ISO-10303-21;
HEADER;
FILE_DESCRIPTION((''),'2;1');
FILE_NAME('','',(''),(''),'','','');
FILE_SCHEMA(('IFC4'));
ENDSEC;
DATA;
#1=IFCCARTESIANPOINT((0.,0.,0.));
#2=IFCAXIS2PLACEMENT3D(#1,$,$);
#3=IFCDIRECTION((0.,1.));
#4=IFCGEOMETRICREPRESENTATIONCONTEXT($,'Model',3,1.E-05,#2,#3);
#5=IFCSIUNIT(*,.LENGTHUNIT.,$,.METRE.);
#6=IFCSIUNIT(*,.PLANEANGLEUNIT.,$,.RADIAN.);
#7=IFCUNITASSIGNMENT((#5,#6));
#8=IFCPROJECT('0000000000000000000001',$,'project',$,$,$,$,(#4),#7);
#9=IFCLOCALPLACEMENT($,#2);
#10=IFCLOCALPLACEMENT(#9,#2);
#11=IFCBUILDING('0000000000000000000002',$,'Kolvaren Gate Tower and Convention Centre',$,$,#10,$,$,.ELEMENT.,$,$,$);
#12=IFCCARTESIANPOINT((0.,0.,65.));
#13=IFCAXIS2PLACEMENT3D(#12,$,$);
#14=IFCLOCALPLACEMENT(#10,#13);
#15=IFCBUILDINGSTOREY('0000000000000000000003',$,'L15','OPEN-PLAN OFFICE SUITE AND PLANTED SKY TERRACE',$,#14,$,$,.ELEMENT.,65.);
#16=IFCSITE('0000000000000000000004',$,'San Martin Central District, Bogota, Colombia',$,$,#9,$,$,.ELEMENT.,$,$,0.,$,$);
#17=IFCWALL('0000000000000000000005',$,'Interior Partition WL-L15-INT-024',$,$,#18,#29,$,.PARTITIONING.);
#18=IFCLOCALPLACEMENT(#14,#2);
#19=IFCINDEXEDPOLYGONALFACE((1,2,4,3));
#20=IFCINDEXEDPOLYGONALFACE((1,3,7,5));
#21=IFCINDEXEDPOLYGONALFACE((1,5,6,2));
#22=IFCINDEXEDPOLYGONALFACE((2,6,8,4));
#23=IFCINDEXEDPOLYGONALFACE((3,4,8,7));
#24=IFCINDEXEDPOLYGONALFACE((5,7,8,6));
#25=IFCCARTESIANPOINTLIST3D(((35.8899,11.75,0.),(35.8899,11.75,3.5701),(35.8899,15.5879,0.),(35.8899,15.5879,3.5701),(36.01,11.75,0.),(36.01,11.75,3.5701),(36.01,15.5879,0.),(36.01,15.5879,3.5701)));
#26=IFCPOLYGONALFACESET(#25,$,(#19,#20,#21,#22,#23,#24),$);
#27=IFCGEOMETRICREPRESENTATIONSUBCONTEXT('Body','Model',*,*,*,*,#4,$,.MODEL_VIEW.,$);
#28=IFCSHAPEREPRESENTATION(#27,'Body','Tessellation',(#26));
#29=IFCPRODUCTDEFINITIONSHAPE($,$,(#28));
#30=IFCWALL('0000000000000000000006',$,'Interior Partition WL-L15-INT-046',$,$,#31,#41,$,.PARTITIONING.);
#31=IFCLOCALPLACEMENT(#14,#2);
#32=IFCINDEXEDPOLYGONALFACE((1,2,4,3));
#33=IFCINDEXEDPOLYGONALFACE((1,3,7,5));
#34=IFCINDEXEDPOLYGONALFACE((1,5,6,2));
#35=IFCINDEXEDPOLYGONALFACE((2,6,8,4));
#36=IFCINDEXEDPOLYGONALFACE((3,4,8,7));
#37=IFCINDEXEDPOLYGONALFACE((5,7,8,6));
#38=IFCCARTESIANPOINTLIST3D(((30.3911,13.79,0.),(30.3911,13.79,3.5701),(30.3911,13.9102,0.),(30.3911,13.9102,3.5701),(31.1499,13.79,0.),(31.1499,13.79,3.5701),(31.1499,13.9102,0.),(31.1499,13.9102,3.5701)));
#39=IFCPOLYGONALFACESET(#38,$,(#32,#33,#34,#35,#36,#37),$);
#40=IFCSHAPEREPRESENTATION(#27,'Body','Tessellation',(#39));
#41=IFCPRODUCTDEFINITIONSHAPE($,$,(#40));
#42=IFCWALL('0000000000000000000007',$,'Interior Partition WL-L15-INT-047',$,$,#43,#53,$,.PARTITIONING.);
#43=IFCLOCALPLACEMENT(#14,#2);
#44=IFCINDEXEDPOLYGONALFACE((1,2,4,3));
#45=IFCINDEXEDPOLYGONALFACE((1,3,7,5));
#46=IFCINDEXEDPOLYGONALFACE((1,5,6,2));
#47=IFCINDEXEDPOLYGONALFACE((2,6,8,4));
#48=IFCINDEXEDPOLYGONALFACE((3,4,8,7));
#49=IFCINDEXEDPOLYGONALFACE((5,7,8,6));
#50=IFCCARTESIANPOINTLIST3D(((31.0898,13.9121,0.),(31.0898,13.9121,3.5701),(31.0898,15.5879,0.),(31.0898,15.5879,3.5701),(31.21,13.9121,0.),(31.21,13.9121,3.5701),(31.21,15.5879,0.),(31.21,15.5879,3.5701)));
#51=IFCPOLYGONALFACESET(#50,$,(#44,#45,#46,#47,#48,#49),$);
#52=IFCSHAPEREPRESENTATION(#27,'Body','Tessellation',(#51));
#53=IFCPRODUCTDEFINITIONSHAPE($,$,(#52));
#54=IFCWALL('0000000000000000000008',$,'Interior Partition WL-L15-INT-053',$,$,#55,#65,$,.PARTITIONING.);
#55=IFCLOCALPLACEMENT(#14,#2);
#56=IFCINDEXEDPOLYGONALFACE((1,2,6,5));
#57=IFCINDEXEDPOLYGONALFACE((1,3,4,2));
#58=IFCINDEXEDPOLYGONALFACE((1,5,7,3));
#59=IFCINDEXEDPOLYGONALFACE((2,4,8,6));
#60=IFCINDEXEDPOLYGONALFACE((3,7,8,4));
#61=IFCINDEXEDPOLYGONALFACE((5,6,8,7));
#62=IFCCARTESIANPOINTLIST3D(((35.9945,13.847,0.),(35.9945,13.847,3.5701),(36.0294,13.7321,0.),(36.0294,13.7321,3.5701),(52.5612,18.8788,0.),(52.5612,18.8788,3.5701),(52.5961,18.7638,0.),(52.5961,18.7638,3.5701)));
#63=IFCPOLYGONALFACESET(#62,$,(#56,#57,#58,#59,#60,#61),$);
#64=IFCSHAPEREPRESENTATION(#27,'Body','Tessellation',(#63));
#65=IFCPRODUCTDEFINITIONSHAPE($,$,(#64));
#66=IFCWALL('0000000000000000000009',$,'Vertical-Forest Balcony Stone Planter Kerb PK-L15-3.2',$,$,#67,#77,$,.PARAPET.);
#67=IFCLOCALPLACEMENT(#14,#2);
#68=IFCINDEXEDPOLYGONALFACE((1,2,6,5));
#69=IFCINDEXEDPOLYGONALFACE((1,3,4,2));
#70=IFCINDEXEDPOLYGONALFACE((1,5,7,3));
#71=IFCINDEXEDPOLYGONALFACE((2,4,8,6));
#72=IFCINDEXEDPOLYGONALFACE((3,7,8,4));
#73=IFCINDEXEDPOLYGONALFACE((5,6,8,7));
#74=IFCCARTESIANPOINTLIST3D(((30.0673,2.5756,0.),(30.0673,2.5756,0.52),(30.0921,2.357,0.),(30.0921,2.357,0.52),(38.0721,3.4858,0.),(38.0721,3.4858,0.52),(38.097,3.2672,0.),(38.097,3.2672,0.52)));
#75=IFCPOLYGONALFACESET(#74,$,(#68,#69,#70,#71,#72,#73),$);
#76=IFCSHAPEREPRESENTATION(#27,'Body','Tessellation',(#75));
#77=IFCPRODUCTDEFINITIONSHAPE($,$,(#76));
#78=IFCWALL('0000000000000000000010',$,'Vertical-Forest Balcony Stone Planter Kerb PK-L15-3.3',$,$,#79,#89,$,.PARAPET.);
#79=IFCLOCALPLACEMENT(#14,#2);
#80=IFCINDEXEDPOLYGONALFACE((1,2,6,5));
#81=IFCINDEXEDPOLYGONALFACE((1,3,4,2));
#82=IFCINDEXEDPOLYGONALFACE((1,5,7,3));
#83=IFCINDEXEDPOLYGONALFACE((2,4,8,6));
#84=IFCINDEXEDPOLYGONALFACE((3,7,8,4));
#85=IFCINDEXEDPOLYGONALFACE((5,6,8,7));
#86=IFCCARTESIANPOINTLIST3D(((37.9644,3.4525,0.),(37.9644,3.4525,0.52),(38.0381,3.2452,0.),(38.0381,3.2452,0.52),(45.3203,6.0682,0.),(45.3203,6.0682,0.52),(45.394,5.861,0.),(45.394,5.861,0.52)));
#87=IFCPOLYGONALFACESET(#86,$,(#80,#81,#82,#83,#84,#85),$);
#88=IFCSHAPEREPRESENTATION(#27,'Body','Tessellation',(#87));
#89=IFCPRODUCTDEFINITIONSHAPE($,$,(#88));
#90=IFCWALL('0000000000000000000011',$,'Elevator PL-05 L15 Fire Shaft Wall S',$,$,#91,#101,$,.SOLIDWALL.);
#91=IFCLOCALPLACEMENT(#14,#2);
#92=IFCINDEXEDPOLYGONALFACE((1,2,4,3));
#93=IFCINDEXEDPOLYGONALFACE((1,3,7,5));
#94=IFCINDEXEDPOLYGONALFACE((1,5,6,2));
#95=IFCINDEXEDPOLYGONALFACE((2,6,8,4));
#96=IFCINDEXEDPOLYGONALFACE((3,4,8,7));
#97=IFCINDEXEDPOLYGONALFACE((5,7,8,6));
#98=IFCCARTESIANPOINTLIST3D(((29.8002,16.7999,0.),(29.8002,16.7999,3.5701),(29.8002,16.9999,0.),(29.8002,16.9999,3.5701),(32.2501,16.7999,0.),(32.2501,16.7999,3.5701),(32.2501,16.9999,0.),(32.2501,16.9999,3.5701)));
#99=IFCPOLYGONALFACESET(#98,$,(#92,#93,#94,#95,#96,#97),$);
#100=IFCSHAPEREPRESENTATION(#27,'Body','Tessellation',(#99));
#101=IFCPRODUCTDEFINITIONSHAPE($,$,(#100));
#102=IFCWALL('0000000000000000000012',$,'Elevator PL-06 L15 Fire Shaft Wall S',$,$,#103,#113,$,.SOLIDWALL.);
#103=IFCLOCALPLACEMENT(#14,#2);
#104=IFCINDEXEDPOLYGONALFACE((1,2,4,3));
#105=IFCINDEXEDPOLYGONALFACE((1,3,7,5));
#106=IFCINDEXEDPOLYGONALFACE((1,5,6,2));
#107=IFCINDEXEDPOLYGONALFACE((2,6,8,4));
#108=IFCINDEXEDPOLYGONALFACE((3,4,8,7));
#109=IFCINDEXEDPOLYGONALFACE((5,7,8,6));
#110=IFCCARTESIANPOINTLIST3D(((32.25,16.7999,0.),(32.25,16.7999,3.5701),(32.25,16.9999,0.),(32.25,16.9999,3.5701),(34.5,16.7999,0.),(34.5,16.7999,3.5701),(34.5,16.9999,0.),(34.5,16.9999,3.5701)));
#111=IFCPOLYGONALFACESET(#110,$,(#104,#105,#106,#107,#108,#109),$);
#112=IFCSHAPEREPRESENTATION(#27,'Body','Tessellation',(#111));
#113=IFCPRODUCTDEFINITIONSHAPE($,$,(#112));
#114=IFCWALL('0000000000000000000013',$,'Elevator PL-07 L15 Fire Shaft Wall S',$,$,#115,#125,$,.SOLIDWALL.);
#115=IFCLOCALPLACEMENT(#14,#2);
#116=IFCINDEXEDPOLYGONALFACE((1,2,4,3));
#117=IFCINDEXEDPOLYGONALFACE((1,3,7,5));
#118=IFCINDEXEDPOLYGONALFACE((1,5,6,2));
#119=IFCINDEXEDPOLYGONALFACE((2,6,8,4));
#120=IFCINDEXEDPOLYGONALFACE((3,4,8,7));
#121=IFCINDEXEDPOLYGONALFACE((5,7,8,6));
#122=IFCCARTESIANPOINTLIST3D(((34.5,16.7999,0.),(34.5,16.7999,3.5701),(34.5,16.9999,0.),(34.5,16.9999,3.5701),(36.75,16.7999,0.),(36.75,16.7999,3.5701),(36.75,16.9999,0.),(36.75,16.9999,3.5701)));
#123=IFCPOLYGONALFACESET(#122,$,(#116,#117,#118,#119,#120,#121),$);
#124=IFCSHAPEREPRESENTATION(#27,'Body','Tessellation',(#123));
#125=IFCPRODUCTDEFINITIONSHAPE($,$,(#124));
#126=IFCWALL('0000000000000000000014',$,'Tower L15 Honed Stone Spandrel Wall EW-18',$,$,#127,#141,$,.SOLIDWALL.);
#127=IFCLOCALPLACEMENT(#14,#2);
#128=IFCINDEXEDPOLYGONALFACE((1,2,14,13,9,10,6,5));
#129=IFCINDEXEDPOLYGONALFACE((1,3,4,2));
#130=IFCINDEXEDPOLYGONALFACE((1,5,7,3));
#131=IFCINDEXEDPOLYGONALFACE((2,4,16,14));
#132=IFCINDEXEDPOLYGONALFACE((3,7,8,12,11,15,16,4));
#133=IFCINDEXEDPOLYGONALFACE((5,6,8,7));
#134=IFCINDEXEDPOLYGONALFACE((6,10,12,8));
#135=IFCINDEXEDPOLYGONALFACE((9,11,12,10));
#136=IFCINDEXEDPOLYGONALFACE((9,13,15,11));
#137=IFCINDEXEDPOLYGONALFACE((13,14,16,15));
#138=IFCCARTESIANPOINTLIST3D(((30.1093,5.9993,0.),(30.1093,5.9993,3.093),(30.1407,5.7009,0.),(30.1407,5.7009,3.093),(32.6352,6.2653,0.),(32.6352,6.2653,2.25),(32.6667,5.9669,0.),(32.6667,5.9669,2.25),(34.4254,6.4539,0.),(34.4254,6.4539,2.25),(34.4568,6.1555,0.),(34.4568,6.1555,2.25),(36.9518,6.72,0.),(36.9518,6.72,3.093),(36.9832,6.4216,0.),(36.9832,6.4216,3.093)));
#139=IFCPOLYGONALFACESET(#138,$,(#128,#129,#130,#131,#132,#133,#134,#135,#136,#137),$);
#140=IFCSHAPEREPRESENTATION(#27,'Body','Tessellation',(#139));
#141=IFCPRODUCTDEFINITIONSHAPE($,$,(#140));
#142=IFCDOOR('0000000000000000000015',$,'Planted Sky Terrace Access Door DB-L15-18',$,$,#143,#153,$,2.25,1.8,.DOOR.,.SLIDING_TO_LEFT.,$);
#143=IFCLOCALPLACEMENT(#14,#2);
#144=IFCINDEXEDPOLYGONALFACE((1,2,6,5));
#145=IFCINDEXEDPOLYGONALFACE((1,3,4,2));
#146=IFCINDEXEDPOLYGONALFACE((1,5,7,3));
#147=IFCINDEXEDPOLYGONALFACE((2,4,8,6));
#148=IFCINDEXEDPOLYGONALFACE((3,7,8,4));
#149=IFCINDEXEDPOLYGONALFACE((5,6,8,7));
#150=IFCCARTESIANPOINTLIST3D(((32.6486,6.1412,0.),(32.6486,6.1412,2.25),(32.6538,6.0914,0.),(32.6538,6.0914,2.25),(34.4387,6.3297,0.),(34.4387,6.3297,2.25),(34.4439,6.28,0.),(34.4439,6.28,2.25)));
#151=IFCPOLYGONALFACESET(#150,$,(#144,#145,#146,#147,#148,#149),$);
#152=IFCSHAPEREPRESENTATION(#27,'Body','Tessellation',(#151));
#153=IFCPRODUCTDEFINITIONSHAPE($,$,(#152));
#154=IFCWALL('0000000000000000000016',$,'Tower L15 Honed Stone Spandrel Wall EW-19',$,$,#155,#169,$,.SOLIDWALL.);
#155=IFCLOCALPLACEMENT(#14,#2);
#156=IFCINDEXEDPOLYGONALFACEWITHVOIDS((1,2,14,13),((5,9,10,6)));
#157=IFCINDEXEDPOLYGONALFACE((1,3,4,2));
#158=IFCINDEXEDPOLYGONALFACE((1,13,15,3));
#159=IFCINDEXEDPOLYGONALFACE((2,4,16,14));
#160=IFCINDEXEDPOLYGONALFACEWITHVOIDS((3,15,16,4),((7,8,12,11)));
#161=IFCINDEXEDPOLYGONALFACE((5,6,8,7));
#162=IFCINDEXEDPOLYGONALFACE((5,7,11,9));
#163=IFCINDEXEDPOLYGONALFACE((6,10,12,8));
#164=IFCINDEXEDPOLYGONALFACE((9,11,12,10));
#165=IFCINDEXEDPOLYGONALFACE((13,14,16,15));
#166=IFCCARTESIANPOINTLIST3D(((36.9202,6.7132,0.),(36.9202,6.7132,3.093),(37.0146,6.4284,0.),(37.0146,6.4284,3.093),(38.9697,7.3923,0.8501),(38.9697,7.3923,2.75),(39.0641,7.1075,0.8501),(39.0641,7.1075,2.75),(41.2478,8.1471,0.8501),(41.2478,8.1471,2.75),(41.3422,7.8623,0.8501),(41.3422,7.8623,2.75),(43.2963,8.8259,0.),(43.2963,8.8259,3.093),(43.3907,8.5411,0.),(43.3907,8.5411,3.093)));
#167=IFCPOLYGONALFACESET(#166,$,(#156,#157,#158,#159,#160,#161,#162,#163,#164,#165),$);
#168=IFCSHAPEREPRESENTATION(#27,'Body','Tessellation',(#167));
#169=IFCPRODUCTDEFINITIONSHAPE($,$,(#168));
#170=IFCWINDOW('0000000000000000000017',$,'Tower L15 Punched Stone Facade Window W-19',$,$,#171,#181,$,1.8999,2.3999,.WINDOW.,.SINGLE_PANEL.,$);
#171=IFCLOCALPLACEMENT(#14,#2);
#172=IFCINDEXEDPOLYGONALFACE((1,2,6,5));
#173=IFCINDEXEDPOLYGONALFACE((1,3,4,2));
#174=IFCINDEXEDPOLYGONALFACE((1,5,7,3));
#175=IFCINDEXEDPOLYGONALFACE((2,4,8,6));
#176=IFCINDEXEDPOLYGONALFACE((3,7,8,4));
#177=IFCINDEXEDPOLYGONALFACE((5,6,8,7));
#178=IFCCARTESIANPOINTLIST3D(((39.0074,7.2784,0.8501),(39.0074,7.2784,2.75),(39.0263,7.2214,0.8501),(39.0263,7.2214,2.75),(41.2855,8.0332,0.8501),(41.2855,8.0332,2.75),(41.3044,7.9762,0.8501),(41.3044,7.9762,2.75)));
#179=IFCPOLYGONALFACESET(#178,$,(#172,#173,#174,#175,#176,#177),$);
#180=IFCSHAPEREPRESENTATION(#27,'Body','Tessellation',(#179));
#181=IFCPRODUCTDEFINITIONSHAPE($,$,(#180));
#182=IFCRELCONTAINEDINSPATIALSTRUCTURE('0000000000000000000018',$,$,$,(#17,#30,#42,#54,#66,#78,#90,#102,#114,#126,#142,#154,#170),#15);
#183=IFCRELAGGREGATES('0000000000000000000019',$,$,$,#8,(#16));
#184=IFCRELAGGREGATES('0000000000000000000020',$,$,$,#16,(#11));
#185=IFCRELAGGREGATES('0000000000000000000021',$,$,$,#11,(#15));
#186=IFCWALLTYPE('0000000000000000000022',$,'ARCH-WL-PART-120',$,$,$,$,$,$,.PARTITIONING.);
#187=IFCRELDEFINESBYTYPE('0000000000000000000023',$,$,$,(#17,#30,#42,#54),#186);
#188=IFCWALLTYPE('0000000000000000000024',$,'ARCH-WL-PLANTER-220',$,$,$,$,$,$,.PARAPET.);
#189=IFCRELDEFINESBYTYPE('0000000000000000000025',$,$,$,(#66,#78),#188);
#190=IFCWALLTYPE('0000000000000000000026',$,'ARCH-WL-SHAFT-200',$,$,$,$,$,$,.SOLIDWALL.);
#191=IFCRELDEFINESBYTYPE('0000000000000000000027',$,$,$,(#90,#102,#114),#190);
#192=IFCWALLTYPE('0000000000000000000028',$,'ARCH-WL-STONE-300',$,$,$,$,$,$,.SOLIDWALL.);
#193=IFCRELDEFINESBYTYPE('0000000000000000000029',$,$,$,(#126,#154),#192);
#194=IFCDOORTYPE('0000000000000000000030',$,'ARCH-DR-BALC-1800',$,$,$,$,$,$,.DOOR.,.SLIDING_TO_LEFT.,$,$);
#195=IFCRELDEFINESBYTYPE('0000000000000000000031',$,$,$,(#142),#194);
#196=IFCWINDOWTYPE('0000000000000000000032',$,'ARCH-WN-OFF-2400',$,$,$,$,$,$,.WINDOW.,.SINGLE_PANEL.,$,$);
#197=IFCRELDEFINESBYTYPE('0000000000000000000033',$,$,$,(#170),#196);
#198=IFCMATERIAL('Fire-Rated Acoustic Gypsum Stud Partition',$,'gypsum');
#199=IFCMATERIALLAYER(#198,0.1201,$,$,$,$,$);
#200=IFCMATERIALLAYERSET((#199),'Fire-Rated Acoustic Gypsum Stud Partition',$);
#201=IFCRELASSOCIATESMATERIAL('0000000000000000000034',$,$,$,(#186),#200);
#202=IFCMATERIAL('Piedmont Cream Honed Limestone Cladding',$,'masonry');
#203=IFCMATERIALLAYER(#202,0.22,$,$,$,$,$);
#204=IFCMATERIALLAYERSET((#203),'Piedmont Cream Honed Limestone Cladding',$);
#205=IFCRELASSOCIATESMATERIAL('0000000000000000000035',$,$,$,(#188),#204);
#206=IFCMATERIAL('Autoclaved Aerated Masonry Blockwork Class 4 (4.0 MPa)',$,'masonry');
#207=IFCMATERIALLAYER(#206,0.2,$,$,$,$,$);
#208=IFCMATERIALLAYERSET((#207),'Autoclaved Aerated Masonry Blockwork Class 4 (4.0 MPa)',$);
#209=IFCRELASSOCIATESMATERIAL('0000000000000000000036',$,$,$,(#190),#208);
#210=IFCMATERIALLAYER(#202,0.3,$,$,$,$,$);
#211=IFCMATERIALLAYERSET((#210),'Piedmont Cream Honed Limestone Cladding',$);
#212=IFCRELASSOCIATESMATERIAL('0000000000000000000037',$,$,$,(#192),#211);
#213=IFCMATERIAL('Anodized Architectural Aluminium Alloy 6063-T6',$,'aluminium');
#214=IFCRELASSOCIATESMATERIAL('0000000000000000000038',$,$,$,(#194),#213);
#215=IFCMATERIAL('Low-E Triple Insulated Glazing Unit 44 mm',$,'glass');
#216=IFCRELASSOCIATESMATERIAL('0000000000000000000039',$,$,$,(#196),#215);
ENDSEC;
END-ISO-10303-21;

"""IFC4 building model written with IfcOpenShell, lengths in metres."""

from ifc_helpers import new_model, si_unit, direction, frame, frame_2d, origin, place, context, subcontext, project, spatial, rectangle, extrude, material, layer, layer_set, type_object, element, fill, save


model = new_model("IFC4")

# Units and contexts
model_context = context("Model", 3, precision=1e-05, world=origin(), true_north=direction((0.0, 1.0)))
body_context = subcontext(model_context, "Body", "Model", "MODEL_VIEW")
ifc_project = project(units=[si_unit("LENGTHUNIT", "METRE"), si_unit("PLANEANGLEUNIT", "RADIAN")], contexts=[model_context])

# Site, building, storey
site_placement = place(None, origin())
site = spatial("IfcSite", under=ifc_project, at=site_placement, Name="San Martin Central District, Bogota, Colombia", CompositionType="ELEMENT", RefElevation=0.0)
building_placement = place(site_placement, origin())
building = spatial("IfcBuilding", under=site, at=building_placement, Name="Kolvaren Gate Tower and Convention Centre", CompositionType="ELEMENT")
storey_placement = place(building_placement, frame((0.0, 0.0, 65.0)))
storey = spatial("IfcBuildingStorey", under=building, at=storey_placement, Name="L15", Description="OPEN-PLAN OFFICE SUITE AND PLANTED SKY TERRACE", CompositionType="ELEMENT", Elevation=65.0)

# Walls
ifc_material_1 = material(Name="Fire-Rated Acoustic Gypsum Stud Partition", Category="gypsum")
ifc_layer_1 = layer(ifc_material_1, 0.1201)
ifc_layer_set_1 = layer_set([ifc_layer_1], Name="Fire-Rated Acoustic Gypsum Stud Partition")
wall_type_1 = type_object("IfcWallType", Name="ARCH-WL-PART-120", PredefinedType="PARTITIONING", material=ifc_layer_set_1)
wall_1_placement = place(storey_placement, frame((35.95, 11.75, 0.0), z_axis=(0.0, 0.0, 1.0), x_axis=(0.0, 1.0, 0.0)))
element("IfcWall", 1, at=wall_1_placement, inside=storey, type_object=wall_type_1, Name="Interior Partition WL-L15-INT-024", PredefinedType="PARTITIONING", context=body_context, shape_type="SweptSolid", body=[
    extrude(rectangle(XDim=3.8379, YDim=0.1201, at=frame_2d((1.9189, 0.0))), origin(), (0.0, 0.0, 1.0), 3.5701),
])
wall_2_placement = place(storey_placement, frame((30.3911, 13.8501, 0.0), z_axis=(0.0, 0.0, 1.0), x_axis=(1.0, 0.0, 0.0)))
element("IfcWall", 2, at=wall_2_placement, inside=storey, type_object=wall_type_1, Name="Interior Partition WL-L15-INT-046", PredefinedType="PARTITIONING", context=body_context, shape_type="SweptSolid", body=[
    extrude(rectangle(XDim=0.7588, YDim=0.1201, at=frame_2d((0.3794, 0.0))), origin(), (0.0, 0.0, 1.0), 3.5701),
])
wall_3_placement = place(storey_placement, frame((31.1499, 13.9121, 0.0), z_axis=(0.0, 0.0, 1.0), x_axis=(0.0, 1.0, 0.0)))
element("IfcWall", 3, at=wall_3_placement, inside=storey, type_object=wall_type_1, Name="Interior Partition WL-L15-INT-047", PredefinedType="PARTITIONING", context=body_context, shape_type="SweptSolid", body=[
    extrude(rectangle(XDim=1.6758, YDim=0.1201, at=frame_2d((0.8379, 0.0))), origin(), (0.0, 0.0, 1.0), 3.5701),
])
wall_4_placement = place(storey_placement, frame((36.012, 13.7896, 0.0), z_axis=(0.0, 0.0, 1.0), x_axis=(0.956839, 0.290618, 0.0)))
element("IfcWall", 4, at=wall_4_placement, inside=storey, type_object=wall_type_1, Name="Interior Partition WL-L15-INT-053", PredefinedType="PARTITIONING", context=body_context, shape_type="SweptSolid", body=[
    extrude(rectangle(XDim=17.314, YDim=0.1201, at=frame_2d((8.657, 0.0))), origin(), (0.0, 0.0, 1.0), 3.5701),
])
ifc_material_2 = material(Name="Piedmont Cream Honed Limestone Cladding", Category="masonry")
ifc_layer_2 = layer(ifc_material_2, 0.22)
ifc_layer_set_2 = layer_set([ifc_layer_2], Name="Piedmont Cream Honed Limestone Cladding")
wall_type_2 = type_object("IfcWallType", Name="ARCH-WL-PLANTER-220", PredefinedType="PARAPET", material=ifc_layer_set_2)
wall_5_placement = place(storey_placement, frame((30.0796, 2.4663, 0.0), z_axis=(0.0, 0.0, 1.0), x_axis=(0.993598, 0.112972, 0.0)))
element("IfcWall", 5, at=wall_5_placement, inside=storey, type_object=wall_type_2, Name="Vertical-Forest Balcony Stone Planter Kerb PK-L15-3.2", PredefinedType="PARAPET", context=body_context, shape_type="SweptSolid", body=[
    extrude(rectangle(XDim=8.0564, YDim=0.22, at=frame_2d((4.0283, 0.0))), origin(), (0.0, 0.0, 1.0), 0.52),
])
wall_6_placement = place(storey_placement, frame((38.0012, 3.3489, 0.0), z_axis=(0.0, 0.0, 1.0), x_axis=(0.942204, 0.335041, 0.0)))
element("IfcWall", 6, at=wall_6_placement, inside=storey, type_object=wall_type_2, Name="Vertical-Forest Balcony Stone Planter Kerb PK-L15-3.3", PredefinedType="PARAPET", context=body_context, shape_type="SweptSolid", body=[
    extrude(rectangle(XDim=7.8071, YDim=0.22, at=frame_2d((3.9036, 0.0))), origin(), (0.0, 0.0, 1.0), 0.52),
])
ifc_material_3 = material(Name="Autoclaved Aerated Masonry Blockwork Class 4 (4.0 MPa)", Category="masonry")
ifc_layer_3 = layer(ifc_material_3, 0.2)
ifc_layer_set_3 = layer_set([ifc_layer_3], Name="Autoclaved Aerated Masonry Blockwork Class 4 (4.0 MPa)")
wall_type_3 = type_object("IfcWallType", Name="ARCH-WL-SHAFT-200", PredefinedType="SOLIDWALL", material=ifc_layer_set_3)
wall_7_placement = place(storey_placement, frame((29.8, 16.8999, 0.0), z_axis=(0.0, 0.0, 1.0), x_axis=(1.0, 0.0, 0.0)))
element("IfcWall", 7, at=wall_7_placement, inside=storey, type_object=wall_type_3, Name="Elevator PL-05 L15 Fire Shaft Wall S", PredefinedType="SOLIDWALL", context=body_context, shape_type="SweptSolid", body=[
    extrude(rectangle(XDim=2.45, YDim=0.2, at=frame_2d((1.2251, 0.0))), origin(), (0.0, 0.0, 1.0), 3.5701),
])
for number, where, z_axis, x_axis, name in (
    (8, (32.25, 16.8999, 0.0), (0.0, 0.0, 1.0), (1.0, 0.0, 0.0), "Elevator PL-06 L15 Fire Shaft Wall S"),
    (9, (34.5, 16.8999, 0.0), (0.0, 0.0, 1.0), (1.0, 0.0, 0.0), "Elevator PL-07 L15 Fire Shaft Wall S"),
):
    element("IfcWall", number, at=place(storey_placement, frame(where, z_axis=z_axis, x_axis=x_axis)), inside=storey, type_object=wall_type_3, Name=name, PredefinedType="SOLIDWALL", context=body_context, shape_type="SweptSolid", body=[
        extrude(rectangle(XDim=2.25, YDim=0.2, at=frame_2d((1.125, 0.0))), origin(), (0.0, 0.0, 1.0), 3.5701),
    ])

# Wall, opening, door
ifc_layer_4 = layer(ifc_material_2, 0.3)
ifc_layer_set_4 = layer_set([ifc_layer_4], Name="Piedmont Cream Honed Limestone Cladding")
wall_type_4 = type_object("IfcWallType", Name="ARCH-WL-STONE-300", PredefinedType="SOLIDWALL", material=ifc_layer_set_4)
wall_8_placement = place(storey_placement, frame((30.125, 5.8501, 0.0), z_axis=(0.0, 0.0, 1.0), x_axis=(0.994499, 0.104748, 0.0)))
wall_8 = element("IfcWall", 10, at=wall_8_placement, inside=storey, type_object=wall_type_4, Name="Tower L15 Honed Stone Spandrel Wall EW-18", PredefinedType="SOLIDWALL", context=body_context, shape_type="SweptSolid", body=[
    extrude(rectangle(XDim=6.8804, YDim=0.3, at=frame_2d((3.4402, 0.0))), origin(), (0.0, 0.0, 1.0), 3.093),
])
opening_1_placement = place(wall_8_placement, frame((2.54, 0.0, 0.0)))
opening_1 = element("IfcOpeningElement", 11, at=opening_1_placement, cuts=wall_8, PredefinedType="OPENING", context=body_context, shape_type="SweptSolid", body=[
    extrude(rectangle(XDim=1.8, YDim=2.25, at=frame_2d((0.8999, 1.125))), frame((0.0, 0.1599, 0.0), z_axis=(0.0, -1.0, 0.0), x_axis=(1.0, 0.0, 0.0)), (0.0, 0.0, 1.0), 0.3201),
])
ifc_material_4 = material(Name="Anodized Architectural Aluminium Alloy 6063-T6", Category="aluminium")
door_type = type_object("IfcDoorType", Name="ARCH-DR-BALC-1800", OperationType="SLIDING_TO_LEFT", PredefinedType="DOOR", material=ifc_material_4)
door_placement = place(opening_1_placement, frame((1.8, 0.0, 0.0), z_axis=(0.0, 0.0, 1.0), x_axis=(-1.0, 0.0, 0.0)))
door = element("IfcDoor", 12, at=door_placement, inside=storey, type_object=door_type, Name="Planted Sky Terrace Access Door DB-L15-18", OperationType="SLIDING_TO_LEFT", OverallHeight=2.25, OverallWidth=1.8, PredefinedType="DOOR", context=body_context, shape_type="SweptSolid", body=[
    extrude(rectangle(XDim=1.8, YDim=2.25, at=frame_2d((0.8999, 1.125))), frame((0.0, 0.0249, 0.0), z_axis=(0.0, -1.0, 0.0), x_axis=(1.0, 0.0, 0.0)), (0.0, 0.0, 1.0), 0.05),
])
fill(opening_1, door)

# Wall, opening, window
wall_9_placement = place(storey_placement, frame((36.9675, 6.5708, 0.0), z_axis=(0.0, 0.0, 1.0), x_axis=(0.949245, 0.314537, 0.0)))
wall_9 = element("IfcWall", 13, at=wall_9_placement, inside=storey, type_object=wall_type_4, Name="Tower L15 Honed Stone Spandrel Wall EW-19", PredefinedType="SOLIDWALL", context=body_context, shape_type="SweptSolid", body=[
    extrude(rectangle(XDim=6.717, YDim=0.3, at=frame_2d((3.3584, 0.0))), origin(), (0.0, 0.0, 1.0), 3.093),
])
opening_2_placement = place(wall_9_placement, frame((2.1589, 0.0, 0.8501)))
opening_2 = element("IfcOpeningElement", 14, at=opening_2_placement, cuts=wall_9, PredefinedType="OPENING", context=body_context, shape_type="SweptSolid", body=[
    extrude(rectangle(XDim=2.3999, YDim=1.8999, at=frame_2d((1.2, 0.95))), frame((0.0, 0.1599, 0.0), z_axis=(0.0, -1.0, 0.0), x_axis=(1.0, 0.0, 0.0)), (0.0, 0.0, 1.0), 0.3201),
])
ifc_material_5 = material(Name="Low-E Triple Insulated Glazing Unit 44 mm", Category="glass")
window_type = type_object("IfcWindowType", Name="ARCH-WN-OFF-2400", PartitioningType="SINGLE_PANEL", PredefinedType="WINDOW", material=ifc_material_5)
window_placement = place(opening_2_placement, origin())
window = element("IfcWindow", 15, at=window_placement, inside=storey, type_object=window_type, Name="Tower L15 Punched Stone Facade Window W-19", OverallHeight=1.8999, OverallWidth=2.3999, PartitioningType="SINGLE_PANEL", PredefinedType="WINDOW", context=body_context, shape_type="SweptSolid", body=[
    extrude(rectangle(XDim=2.3999, YDim=1.8999, at=frame_2d((1.2, 0.95))), frame((0.0, 0.03, 0.0), z_axis=(0.0, -1.0, 0.0), x_axis=(1.0, 0.0, 0.0)), (0.0, 0.0, 1.0), 0.0601),
])
fill(opening_2, window)

save(model, "model.ifc")
